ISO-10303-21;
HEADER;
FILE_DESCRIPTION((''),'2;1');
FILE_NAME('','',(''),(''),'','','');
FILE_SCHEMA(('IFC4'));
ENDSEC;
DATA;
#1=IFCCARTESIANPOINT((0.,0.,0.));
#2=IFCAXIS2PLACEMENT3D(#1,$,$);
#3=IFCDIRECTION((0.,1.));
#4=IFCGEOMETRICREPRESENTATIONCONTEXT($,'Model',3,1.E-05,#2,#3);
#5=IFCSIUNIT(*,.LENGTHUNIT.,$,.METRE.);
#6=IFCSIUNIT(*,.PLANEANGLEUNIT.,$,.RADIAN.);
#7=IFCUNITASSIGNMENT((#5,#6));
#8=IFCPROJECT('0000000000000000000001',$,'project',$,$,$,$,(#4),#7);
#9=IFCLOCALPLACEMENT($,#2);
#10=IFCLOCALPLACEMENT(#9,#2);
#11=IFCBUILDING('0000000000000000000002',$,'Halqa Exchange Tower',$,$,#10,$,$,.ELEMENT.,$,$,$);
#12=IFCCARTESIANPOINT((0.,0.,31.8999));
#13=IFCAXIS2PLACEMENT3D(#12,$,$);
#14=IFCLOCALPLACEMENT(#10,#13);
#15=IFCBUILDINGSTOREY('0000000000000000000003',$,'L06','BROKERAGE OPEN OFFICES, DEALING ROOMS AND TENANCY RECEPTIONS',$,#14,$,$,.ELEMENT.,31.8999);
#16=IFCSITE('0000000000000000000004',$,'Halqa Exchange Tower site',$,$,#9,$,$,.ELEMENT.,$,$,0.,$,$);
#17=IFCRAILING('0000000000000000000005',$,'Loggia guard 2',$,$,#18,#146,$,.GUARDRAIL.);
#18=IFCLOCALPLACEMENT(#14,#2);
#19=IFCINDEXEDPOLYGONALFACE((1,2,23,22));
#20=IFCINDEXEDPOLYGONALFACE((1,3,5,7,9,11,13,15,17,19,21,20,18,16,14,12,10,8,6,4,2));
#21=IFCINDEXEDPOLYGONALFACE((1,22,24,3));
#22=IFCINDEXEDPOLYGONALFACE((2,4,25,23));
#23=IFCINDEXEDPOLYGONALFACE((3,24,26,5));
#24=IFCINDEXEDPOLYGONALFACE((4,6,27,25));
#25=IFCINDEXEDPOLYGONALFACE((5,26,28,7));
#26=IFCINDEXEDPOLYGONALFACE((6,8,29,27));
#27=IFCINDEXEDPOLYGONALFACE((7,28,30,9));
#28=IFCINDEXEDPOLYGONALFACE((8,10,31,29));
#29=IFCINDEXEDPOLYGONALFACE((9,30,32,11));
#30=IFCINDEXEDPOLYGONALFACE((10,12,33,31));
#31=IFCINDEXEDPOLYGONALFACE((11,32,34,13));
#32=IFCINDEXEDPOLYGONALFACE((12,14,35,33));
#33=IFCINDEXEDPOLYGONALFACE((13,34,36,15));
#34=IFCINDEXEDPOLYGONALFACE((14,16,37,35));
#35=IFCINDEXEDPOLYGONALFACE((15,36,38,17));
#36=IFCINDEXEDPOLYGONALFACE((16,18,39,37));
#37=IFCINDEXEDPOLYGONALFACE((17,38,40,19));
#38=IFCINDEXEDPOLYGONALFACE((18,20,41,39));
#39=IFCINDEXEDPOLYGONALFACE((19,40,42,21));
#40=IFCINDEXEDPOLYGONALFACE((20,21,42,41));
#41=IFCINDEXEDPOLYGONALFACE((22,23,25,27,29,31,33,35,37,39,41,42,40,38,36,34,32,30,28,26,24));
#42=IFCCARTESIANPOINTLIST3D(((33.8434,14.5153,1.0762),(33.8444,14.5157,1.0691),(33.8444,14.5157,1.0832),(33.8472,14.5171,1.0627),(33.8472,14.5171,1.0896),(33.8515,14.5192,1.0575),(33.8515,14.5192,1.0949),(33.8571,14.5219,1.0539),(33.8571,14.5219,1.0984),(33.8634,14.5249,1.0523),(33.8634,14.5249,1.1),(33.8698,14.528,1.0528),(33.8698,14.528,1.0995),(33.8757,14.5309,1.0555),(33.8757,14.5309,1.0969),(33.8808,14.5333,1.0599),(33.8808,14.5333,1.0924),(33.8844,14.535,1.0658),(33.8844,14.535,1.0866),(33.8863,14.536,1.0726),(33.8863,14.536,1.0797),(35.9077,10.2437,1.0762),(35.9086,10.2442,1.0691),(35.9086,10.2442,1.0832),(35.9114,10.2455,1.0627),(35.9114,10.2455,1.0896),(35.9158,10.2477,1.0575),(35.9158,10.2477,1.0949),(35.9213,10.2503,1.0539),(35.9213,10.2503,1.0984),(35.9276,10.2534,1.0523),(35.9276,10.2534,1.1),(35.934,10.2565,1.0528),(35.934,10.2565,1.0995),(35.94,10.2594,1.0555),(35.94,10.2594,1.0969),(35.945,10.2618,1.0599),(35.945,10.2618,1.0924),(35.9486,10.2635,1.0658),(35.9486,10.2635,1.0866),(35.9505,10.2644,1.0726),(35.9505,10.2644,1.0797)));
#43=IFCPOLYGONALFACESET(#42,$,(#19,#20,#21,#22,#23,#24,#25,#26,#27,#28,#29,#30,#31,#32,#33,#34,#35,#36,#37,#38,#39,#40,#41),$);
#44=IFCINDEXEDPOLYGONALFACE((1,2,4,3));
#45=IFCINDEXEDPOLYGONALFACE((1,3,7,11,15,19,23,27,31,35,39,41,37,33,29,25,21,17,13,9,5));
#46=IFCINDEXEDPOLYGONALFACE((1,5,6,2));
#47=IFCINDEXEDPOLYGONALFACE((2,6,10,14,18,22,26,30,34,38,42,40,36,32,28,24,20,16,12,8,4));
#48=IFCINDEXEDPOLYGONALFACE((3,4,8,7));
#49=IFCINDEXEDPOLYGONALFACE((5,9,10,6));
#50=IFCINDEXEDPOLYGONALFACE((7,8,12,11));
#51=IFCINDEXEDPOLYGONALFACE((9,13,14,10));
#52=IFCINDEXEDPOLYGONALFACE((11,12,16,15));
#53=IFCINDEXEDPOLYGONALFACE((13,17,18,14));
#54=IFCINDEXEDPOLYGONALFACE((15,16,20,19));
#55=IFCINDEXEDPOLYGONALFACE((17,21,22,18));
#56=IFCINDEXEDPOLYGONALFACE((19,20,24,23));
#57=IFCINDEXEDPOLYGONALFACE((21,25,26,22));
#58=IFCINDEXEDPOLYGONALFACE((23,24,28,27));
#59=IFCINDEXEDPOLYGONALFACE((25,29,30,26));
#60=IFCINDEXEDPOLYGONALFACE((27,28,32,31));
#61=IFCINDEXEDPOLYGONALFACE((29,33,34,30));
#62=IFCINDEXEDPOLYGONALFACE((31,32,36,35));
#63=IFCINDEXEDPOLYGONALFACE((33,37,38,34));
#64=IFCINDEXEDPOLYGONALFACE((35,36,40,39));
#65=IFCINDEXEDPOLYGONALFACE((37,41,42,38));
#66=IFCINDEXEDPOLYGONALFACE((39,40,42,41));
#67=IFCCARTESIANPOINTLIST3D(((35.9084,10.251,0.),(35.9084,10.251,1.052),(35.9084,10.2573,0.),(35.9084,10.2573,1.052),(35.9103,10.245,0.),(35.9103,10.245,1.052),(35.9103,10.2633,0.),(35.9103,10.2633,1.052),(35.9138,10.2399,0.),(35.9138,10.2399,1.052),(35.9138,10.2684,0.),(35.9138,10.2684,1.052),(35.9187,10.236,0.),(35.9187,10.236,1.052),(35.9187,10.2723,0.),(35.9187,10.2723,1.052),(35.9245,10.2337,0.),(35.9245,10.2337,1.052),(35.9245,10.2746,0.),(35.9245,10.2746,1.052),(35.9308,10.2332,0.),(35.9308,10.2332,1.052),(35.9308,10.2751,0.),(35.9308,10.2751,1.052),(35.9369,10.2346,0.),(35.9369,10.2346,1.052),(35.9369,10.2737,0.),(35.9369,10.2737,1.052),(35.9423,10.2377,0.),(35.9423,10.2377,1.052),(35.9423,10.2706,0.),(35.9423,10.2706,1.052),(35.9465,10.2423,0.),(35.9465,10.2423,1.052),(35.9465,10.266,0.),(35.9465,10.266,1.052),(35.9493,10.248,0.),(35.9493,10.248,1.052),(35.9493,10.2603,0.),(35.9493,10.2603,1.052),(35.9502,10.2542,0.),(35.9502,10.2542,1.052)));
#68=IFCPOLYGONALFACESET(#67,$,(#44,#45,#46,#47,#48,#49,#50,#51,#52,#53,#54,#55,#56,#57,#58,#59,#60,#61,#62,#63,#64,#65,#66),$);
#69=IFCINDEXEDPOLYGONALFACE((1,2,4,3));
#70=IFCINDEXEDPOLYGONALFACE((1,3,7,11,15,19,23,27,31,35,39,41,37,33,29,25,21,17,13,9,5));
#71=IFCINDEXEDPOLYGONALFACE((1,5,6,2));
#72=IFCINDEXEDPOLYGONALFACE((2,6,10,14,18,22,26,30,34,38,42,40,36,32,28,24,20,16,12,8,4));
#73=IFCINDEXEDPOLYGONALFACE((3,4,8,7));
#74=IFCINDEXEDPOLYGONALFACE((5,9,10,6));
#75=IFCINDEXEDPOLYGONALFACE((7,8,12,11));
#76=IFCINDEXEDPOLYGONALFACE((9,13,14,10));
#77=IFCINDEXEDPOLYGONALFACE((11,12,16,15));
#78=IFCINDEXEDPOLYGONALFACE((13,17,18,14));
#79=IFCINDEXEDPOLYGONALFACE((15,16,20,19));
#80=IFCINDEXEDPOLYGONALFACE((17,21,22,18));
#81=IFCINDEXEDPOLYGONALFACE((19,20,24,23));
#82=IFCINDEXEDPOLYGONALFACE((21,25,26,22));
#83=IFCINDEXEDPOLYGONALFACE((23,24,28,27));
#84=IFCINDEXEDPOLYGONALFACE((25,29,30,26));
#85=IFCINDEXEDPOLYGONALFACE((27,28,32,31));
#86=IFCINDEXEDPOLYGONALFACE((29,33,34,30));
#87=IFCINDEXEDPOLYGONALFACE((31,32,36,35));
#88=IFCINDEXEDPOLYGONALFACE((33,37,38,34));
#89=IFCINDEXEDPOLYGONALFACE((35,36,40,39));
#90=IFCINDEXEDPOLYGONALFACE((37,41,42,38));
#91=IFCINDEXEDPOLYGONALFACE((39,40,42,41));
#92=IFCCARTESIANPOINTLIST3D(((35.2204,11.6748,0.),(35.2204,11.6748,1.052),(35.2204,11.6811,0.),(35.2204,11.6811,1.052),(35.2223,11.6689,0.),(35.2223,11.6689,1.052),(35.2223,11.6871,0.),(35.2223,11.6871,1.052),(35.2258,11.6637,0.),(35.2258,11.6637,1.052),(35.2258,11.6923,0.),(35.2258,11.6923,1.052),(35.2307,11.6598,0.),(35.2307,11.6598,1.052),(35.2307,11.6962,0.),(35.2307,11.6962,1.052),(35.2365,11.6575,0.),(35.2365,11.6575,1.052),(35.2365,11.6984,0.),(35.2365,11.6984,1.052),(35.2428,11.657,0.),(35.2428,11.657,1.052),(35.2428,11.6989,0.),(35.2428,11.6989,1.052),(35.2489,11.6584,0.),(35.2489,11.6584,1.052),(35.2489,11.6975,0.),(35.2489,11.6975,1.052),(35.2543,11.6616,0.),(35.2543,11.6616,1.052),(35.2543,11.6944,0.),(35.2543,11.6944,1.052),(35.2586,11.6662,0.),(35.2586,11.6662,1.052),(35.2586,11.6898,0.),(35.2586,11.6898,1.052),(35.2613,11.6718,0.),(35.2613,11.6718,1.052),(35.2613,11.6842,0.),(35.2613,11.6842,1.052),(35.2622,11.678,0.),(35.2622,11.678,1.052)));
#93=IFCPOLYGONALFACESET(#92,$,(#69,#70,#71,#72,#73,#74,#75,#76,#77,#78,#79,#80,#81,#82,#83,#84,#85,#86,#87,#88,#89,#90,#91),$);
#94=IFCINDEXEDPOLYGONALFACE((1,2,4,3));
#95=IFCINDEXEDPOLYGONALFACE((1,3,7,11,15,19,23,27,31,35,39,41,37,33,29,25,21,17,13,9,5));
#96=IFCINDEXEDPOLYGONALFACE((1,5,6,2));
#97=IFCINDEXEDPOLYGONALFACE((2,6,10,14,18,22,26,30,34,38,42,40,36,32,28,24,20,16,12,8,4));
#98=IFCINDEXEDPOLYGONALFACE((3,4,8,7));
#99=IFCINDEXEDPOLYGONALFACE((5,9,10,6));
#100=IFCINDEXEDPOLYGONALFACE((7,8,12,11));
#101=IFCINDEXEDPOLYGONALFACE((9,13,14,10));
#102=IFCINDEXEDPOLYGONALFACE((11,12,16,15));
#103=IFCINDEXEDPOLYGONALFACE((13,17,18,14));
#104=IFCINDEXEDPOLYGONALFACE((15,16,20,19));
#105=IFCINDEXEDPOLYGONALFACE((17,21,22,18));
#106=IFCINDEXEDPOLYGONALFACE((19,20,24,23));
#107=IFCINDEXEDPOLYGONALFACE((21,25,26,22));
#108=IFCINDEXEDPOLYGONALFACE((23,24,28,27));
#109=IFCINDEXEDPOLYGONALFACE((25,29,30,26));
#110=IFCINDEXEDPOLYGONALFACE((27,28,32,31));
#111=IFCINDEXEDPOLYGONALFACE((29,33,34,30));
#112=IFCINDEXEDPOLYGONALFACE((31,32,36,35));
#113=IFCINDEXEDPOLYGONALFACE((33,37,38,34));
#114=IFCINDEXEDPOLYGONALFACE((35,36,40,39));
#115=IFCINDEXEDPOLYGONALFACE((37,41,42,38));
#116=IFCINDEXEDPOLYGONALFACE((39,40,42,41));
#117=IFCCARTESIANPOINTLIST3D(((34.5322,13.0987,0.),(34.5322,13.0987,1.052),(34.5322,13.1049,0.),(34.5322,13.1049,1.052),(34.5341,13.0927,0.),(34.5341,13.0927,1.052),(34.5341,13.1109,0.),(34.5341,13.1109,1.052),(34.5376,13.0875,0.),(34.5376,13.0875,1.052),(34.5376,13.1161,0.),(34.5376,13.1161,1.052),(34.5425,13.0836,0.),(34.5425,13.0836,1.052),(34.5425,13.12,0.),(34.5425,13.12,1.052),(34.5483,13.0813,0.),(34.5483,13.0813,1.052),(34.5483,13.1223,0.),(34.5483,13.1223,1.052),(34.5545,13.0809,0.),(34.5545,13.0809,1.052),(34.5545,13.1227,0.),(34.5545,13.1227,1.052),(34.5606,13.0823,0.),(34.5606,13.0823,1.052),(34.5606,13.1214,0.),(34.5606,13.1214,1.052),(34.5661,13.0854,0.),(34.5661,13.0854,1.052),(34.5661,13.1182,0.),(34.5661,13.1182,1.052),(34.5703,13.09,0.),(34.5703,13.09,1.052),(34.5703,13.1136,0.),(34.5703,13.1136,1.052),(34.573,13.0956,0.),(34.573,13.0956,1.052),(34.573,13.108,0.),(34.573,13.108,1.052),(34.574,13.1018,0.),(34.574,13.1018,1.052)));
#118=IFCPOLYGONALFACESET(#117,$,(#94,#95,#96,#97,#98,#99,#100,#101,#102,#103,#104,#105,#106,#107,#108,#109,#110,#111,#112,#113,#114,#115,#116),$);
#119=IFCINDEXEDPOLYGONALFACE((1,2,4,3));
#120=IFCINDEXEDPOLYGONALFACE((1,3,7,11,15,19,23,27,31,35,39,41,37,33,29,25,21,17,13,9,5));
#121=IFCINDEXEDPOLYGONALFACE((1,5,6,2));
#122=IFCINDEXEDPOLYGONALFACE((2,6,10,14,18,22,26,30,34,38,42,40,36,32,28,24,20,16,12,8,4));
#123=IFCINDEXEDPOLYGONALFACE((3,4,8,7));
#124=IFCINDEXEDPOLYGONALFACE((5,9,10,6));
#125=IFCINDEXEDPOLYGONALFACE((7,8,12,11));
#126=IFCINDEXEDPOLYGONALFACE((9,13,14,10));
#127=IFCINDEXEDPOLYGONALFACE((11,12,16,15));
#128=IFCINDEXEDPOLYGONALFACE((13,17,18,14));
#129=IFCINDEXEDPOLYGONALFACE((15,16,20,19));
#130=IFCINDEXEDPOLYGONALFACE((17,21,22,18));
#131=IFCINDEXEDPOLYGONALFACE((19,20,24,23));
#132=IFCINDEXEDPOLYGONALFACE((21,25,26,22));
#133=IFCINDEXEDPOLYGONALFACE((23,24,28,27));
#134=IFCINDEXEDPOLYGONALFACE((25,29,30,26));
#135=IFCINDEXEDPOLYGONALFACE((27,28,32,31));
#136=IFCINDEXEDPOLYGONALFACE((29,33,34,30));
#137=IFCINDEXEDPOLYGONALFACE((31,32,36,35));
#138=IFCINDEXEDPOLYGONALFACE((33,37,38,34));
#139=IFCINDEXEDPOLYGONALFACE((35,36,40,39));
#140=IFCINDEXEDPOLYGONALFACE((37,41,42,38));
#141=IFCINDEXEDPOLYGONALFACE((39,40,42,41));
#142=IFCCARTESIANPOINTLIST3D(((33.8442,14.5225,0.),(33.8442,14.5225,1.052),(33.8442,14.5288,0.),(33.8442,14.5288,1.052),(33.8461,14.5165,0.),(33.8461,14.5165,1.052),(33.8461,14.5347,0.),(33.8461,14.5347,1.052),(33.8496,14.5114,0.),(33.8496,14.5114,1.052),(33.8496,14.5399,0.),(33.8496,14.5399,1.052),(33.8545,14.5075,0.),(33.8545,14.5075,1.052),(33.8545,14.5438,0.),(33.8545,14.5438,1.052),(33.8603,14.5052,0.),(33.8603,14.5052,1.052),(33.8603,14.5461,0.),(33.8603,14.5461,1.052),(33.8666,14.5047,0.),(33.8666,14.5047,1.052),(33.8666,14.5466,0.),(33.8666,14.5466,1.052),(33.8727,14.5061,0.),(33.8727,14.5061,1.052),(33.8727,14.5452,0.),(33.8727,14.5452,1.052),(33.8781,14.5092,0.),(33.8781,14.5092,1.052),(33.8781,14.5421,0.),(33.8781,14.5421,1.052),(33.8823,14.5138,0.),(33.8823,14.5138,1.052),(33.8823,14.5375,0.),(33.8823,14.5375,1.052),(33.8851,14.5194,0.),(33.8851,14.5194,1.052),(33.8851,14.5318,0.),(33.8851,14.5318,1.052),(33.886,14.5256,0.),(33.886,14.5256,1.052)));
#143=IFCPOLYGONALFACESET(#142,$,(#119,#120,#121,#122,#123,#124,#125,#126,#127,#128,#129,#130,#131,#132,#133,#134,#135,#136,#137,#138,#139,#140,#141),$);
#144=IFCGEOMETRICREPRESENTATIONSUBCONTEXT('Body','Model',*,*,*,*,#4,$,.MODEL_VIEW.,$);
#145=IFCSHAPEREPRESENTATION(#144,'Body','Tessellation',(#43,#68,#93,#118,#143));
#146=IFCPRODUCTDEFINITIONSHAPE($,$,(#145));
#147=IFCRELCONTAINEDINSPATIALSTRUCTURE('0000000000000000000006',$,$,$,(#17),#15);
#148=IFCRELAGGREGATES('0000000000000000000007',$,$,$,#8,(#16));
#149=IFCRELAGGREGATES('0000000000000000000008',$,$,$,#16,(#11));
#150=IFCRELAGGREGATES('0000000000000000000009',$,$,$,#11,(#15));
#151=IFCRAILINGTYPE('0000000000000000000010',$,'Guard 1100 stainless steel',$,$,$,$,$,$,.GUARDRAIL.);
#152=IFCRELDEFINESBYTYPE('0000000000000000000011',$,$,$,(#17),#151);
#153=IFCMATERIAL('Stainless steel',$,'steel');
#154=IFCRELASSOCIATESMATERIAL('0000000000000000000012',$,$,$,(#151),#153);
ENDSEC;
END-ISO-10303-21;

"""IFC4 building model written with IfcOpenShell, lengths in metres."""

from ifc_helpers import new_model, si_unit, direction, frame, origin, origin_2d, place, context, subcontext, project, spatial, circle, extrude, material, type_object, element, save


model = new_model("IFC4")

# Units and contexts
model_context = context("Model", 3, precision=1e-05, world=origin(), true_north=direction((0.0, 1.0)))
body_context = subcontext(model_context, "Body", "Model", "MODEL_VIEW")
ifc_project = project(units=[si_unit("LENGTHUNIT", "METRE"), si_unit("PLANEANGLEUNIT", "RADIAN")], contexts=[model_context])

# Site, building, storey
site_placement = place(None, origin())
site = spatial("IfcSite", under=ifc_project, at=site_placement, Name="Halqa Exchange Tower site", CompositionType="ELEMENT", RefElevation=0.0)
building_placement = place(site_placement, origin())
building = spatial("IfcBuilding", under=site, at=building_placement, Name="Halqa Exchange Tower", CompositionType="ELEMENT")
storey_placement = place(building_placement, frame((0.0, 0.0, 31.8999)))
storey = spatial("IfcBuildingStorey", under=building, at=storey_placement, Name="L06", Description="BROKERAGE OPEN OFFICES, DEALING ROOMS AND TENANCY RECEPTIONS", CompositionType="ELEMENT", Elevation=31.8999)

# Railing
ifc_material_1 = material(Name="Stainless steel", Category="steel")
railing_type = type_object("IfcRailingType", Name="Guard 1100 stainless steel", PredefinedType="GUARDRAIL", material=ifc_material_1)
railing_1_placement = place(storey_placement, frame((35.9292, 10.2542, 0.0)))
element("IfcRailing", 1, at=railing_1_placement, inside=storey, type_object=railing_type, Name="Loggia guard 2", PredefinedType="GUARDRAIL", context=body_context, shape_type="SweptSolid", body=[
    extrude(circle(Radius=0.0239, at=origin_2d()), frame((0.0, 0.0, 1.0762), z_axis=(-0.43511, 0.900377, 0.0), x_axis=(-0.900377, -0.43511, 0.0)), (0.0, 0.0, 1.0), 4.7441),
    extrude(circle(Radius=0.021, at=origin_2d()), origin(), (0.0, 0.0, 1.0), 1.052),
    extrude(circle(Radius=0.021, at=origin_2d()), frame((-0.688, 1.4238, 0.0)), (0.0, 0.0, 1.0), 1.052),
    extrude(circle(Radius=0.021, at=origin_2d()), frame((-1.3762, 2.8477, 0.0)), (0.0, 0.0, 1.0), 1.052),
    extrude(circle(Radius=0.021, at=origin_2d()), frame((-2.0642, 4.2715, 0.0)), (0.0, 0.0, 1.0), 1.052),
])

save(model, "model.ifc")
